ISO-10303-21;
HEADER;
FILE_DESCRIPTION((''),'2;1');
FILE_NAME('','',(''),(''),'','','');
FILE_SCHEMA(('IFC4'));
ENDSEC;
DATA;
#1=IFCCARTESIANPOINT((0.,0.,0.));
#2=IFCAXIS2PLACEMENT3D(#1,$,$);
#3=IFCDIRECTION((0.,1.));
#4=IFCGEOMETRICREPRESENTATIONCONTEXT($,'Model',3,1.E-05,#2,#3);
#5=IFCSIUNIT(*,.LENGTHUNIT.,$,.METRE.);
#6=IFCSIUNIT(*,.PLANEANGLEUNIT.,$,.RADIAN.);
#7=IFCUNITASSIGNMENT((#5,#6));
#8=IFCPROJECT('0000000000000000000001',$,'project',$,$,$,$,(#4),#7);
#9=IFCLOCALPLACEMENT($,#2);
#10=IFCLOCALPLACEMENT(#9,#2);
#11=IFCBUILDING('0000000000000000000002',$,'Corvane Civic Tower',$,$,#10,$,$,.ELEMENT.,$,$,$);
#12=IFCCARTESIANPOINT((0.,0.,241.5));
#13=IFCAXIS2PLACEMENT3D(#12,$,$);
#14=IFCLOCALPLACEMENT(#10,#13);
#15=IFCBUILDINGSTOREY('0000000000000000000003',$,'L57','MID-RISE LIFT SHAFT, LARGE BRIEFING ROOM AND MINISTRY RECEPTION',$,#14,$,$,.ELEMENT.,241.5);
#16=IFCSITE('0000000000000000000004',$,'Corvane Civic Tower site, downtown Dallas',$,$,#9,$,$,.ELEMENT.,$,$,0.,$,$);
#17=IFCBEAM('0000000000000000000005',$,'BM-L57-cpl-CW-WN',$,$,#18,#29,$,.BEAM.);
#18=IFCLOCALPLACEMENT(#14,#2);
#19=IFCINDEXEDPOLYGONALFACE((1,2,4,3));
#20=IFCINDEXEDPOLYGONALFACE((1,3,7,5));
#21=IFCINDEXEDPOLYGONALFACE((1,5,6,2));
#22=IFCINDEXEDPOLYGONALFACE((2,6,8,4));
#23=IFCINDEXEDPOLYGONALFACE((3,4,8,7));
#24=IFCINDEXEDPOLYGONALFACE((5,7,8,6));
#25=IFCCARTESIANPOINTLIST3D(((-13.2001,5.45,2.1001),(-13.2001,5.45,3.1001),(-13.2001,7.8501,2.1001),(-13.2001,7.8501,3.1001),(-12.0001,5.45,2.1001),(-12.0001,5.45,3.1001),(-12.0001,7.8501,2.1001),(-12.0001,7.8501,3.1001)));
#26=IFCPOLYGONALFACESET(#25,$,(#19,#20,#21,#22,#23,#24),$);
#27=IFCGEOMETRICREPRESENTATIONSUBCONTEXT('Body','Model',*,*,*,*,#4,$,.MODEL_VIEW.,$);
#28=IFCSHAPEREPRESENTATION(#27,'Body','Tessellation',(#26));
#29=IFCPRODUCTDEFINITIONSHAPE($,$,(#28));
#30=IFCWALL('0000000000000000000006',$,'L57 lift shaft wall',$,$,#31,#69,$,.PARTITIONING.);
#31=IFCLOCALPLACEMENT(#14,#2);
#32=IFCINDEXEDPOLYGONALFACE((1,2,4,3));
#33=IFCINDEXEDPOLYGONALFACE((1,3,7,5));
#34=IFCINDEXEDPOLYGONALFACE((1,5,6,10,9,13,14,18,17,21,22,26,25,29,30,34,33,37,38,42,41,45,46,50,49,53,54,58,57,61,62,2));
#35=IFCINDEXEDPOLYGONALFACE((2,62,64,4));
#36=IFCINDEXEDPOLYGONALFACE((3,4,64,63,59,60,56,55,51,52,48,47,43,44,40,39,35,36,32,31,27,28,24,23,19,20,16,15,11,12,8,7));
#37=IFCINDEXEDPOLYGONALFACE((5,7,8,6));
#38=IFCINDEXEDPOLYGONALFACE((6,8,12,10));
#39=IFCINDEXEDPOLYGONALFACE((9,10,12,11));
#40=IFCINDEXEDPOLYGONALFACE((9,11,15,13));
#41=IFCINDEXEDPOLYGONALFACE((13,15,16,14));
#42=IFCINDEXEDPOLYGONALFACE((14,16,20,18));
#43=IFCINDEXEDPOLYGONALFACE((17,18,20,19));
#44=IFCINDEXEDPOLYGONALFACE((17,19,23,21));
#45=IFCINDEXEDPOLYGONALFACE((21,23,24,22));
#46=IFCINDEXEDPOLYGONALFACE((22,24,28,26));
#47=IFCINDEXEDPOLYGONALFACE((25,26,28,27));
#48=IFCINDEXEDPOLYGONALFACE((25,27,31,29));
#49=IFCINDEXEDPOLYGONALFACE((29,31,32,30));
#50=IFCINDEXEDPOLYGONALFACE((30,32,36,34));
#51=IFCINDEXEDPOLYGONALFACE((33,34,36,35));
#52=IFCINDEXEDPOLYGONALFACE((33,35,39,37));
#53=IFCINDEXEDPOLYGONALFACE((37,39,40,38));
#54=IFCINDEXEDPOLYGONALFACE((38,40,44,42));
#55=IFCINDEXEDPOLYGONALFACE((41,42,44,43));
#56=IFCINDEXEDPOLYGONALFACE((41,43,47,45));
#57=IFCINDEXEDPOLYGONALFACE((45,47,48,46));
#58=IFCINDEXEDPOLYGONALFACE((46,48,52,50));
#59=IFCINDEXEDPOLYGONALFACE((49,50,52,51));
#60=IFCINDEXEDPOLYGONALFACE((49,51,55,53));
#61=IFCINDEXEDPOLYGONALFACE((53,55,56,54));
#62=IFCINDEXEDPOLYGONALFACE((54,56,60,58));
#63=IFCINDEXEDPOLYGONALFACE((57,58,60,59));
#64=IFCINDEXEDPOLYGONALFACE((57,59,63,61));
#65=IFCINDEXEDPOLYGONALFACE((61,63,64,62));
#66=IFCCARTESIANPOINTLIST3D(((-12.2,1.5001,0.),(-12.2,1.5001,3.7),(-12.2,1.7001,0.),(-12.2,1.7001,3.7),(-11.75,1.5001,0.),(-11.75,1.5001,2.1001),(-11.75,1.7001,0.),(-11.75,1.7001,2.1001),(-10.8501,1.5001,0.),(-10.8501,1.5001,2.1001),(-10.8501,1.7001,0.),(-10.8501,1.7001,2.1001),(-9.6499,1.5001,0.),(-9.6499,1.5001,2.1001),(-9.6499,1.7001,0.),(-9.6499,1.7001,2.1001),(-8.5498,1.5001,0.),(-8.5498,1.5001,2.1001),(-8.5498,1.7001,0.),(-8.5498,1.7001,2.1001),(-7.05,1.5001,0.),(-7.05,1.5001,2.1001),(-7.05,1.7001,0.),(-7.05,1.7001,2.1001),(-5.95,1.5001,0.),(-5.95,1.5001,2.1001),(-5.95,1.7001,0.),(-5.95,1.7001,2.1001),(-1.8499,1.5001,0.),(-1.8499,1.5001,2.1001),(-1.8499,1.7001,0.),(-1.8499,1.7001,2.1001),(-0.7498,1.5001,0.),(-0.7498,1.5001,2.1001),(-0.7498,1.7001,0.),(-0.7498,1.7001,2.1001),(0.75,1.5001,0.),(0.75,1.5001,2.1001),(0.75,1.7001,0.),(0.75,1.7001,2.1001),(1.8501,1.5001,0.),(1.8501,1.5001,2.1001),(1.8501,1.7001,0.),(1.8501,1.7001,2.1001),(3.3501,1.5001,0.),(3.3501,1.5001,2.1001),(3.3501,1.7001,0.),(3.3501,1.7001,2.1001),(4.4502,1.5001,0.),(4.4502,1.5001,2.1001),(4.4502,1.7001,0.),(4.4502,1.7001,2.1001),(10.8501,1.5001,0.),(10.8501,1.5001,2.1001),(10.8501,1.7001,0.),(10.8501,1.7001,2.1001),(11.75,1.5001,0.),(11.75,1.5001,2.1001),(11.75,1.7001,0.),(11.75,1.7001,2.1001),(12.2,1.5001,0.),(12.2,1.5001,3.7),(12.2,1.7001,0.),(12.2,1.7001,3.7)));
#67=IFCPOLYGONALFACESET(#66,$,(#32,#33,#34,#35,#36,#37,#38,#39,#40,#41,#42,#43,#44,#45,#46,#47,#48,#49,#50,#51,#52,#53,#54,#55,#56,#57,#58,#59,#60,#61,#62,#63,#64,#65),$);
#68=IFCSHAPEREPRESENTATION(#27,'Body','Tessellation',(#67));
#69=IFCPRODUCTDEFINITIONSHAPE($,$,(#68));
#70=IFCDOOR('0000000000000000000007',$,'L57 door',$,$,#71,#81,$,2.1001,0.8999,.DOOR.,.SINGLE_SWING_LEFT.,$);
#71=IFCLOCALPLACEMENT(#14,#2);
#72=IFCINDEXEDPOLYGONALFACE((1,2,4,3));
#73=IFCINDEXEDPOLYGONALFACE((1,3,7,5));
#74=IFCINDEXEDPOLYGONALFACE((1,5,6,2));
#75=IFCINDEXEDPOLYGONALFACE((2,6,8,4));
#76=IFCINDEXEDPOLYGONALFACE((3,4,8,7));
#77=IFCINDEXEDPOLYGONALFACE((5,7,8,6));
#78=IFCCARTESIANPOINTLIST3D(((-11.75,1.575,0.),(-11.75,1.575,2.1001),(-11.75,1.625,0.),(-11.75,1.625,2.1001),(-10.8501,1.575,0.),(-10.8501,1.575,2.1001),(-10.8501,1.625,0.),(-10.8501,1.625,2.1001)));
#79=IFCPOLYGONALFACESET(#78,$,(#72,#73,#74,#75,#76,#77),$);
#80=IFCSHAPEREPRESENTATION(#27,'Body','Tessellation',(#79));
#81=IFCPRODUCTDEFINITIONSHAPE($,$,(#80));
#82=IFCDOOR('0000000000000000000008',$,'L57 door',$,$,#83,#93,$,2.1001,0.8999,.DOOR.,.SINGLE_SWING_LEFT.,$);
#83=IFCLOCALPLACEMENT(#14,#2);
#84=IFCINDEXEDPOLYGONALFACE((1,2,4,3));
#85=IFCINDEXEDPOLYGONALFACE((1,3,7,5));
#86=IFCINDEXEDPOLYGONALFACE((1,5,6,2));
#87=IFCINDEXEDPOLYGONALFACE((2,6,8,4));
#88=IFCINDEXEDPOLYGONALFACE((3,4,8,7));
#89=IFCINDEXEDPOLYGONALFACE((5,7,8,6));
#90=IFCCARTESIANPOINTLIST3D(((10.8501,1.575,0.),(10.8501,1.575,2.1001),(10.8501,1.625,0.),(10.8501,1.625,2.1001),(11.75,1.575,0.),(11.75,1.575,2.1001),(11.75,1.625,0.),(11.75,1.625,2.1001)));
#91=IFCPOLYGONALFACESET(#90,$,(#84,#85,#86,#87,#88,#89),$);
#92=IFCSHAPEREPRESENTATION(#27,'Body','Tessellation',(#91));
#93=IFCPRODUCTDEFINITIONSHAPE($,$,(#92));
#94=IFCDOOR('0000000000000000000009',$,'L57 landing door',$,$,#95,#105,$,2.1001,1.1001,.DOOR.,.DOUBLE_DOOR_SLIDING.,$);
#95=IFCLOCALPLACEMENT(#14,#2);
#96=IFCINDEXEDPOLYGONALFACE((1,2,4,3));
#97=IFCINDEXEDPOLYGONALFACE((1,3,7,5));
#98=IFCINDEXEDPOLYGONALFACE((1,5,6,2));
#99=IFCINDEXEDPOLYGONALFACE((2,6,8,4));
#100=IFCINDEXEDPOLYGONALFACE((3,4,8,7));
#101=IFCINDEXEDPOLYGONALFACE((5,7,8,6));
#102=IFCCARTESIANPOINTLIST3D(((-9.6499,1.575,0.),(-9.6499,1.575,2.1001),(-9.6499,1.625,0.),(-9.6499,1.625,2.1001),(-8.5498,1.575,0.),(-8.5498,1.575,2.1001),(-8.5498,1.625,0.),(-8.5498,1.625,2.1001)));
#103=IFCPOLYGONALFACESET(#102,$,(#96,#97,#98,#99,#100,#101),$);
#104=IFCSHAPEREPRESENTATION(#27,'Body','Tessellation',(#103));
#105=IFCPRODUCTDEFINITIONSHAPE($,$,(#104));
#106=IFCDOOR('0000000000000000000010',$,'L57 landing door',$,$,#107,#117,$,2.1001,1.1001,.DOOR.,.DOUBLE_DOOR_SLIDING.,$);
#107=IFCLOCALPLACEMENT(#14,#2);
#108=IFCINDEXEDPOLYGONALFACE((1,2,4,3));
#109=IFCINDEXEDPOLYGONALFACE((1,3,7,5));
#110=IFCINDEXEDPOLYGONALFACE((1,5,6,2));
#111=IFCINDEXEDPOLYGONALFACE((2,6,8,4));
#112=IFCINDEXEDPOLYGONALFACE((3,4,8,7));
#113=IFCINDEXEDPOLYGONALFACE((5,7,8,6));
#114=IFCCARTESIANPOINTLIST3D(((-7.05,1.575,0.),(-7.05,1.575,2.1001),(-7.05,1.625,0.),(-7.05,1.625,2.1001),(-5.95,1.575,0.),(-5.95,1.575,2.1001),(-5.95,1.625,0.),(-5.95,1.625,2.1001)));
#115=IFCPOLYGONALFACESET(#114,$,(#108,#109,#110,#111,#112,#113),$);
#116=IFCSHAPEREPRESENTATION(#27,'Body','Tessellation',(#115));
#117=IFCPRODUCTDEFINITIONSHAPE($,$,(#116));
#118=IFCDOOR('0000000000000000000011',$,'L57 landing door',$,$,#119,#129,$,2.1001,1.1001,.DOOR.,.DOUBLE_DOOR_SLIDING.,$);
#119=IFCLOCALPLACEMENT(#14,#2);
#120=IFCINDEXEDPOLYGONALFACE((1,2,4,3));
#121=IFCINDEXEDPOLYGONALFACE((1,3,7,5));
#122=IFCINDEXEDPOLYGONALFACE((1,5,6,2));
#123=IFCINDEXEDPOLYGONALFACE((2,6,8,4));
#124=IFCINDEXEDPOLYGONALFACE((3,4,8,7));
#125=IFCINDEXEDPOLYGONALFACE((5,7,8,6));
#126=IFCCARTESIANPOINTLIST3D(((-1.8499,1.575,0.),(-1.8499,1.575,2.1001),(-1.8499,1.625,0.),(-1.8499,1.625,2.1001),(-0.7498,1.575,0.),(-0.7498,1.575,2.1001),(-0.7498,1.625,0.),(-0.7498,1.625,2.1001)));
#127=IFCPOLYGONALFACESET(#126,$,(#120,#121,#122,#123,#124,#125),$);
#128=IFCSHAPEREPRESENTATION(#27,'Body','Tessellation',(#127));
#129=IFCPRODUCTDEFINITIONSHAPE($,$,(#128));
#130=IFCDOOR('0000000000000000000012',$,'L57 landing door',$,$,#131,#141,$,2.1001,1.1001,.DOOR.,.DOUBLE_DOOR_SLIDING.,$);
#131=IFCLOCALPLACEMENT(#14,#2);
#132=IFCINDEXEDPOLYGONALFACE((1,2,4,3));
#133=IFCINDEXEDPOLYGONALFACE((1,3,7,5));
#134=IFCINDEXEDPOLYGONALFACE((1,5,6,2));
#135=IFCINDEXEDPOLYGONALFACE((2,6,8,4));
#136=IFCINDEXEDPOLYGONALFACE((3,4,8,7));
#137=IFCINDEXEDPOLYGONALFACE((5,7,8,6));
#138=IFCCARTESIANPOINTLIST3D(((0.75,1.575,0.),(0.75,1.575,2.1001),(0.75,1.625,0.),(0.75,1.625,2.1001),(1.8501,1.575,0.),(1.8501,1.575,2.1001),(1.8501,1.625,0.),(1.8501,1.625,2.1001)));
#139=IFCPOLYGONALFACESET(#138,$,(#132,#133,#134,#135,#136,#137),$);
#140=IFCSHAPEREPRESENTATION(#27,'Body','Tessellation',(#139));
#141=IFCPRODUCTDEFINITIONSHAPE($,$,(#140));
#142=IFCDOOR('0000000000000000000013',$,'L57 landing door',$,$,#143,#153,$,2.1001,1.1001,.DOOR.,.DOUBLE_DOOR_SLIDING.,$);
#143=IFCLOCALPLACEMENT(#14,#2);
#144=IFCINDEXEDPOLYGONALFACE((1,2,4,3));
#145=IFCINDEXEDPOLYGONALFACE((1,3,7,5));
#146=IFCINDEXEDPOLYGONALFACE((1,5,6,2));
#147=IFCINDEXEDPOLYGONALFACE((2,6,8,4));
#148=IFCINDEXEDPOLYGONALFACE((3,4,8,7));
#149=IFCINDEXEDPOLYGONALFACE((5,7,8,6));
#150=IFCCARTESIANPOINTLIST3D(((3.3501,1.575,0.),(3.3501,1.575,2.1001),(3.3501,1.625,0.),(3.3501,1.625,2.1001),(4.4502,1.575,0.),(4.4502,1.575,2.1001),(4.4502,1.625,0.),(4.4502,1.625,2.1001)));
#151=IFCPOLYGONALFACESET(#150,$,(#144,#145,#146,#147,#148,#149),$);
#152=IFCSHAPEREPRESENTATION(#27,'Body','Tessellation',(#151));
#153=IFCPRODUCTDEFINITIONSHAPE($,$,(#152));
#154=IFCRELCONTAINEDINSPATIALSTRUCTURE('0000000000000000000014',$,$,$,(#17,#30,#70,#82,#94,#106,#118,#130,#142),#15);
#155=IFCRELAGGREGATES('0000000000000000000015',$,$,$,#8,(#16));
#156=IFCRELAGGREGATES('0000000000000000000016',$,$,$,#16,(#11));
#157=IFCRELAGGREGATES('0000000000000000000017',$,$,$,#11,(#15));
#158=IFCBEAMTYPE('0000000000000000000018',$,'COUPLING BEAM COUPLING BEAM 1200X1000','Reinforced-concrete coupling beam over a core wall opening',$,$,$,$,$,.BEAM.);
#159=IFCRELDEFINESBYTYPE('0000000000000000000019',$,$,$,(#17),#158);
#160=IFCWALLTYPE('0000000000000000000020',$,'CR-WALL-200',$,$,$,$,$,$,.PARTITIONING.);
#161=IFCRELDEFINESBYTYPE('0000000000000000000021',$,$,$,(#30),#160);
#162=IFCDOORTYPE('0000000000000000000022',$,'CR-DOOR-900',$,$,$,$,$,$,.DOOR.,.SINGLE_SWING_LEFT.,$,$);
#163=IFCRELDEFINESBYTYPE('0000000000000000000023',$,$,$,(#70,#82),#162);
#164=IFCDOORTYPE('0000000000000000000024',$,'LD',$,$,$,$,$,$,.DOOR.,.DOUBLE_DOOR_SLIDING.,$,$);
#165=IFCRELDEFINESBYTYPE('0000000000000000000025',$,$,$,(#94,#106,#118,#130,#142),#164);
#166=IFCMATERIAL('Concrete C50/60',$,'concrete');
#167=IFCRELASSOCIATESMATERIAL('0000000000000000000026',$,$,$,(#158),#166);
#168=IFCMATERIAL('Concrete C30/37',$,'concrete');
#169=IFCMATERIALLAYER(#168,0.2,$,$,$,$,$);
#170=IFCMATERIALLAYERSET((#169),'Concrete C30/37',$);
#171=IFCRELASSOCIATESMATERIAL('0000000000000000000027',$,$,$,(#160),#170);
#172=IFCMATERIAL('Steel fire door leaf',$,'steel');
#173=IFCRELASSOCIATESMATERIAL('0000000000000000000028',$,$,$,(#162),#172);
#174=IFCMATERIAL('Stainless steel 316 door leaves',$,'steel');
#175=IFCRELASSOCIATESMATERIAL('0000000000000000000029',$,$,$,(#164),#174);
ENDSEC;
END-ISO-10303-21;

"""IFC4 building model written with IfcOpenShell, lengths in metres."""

from ifc_helpers import new_model, si_unit, direction, frame, frame_2d, origin, origin_2d, place, context, subcontext, project, spatial, rectangle, extrude, material, layer, layer_set, material_profile, profile_set, type_object, element, fill, save


model = new_model("IFC4")

# Units and contexts
model_context = context("Model", 3, precision=1e-05, world=origin(), true_north=direction((0.0, 1.0)))
body_context = subcontext(model_context, "Body", "Model", "MODEL_VIEW")
ifc_project = project(units=[si_unit("LENGTHUNIT", "METRE"), si_unit("PLANEANGLEUNIT", "RADIAN")], contexts=[model_context])

# Site, building, storey
site_placement = place(None, origin())
site = spatial("IfcSite", under=ifc_project, at=site_placement, Name="Corvane Civic Tower site, downtown Dallas", CompositionType="ELEMENT", RefElevation=0.0)
building_placement = place(site_placement, origin())
building = spatial("IfcBuilding", under=site, at=building_placement, Name="Corvane Civic Tower", CompositionType="ELEMENT")
storey_placement = place(building_placement, frame((0.0, 0.0, 241.5)))
storey = spatial("IfcBuildingStorey", under=building, at=storey_placement, Name="L57", Description="MID-RISE LIFT SHAFT, LARGE BRIEFING ROOM AND MINISTRY RECEPTION", CompositionType="ELEMENT", Elevation=241.5)

# Beam
ifc_material_1 = material(Name="Concrete C50/60", Category="concrete")
ifc_material_profile = material_profile(ifc_material_1, rectangle(XDim=1.2, YDim=1.0, at=origin_2d()), Name="COUPLING BEAM 1200X1000")
ifc_profile_set = profile_set([ifc_material_profile], Name="Concrete C50/60")
beam_type = type_object("IfcBeamType", Name="COUPLING BEAM COUPLING BEAM 1200X1000", Description="Reinforced-concrete coupling beam over a core wall opening", PredefinedType="BEAM", material=ifc_profile_set)
beam_placement = place(storey_placement, frame((-12.6001, 5.45, 2.6001), z_axis=(0.0, 1.0, 0.0), x_axis=(-1.0, 0.0, 0.0)))
element("IfcBeam", 1, at=beam_placement, inside=storey, type_object=beam_type, Name="BM-L57-cpl-CW-WN", PredefinedType="BEAM", context=body_context, shape_type="SweptSolid", body=[
    extrude(rectangle(XDim=1.2, YDim=1.0, at=origin_2d()), origin(), (0.0, 0.0, 1.0), 2.4001),
])

# Wall, openings, doors
ifc_material_2 = material(Name="Concrete C30/37", Category="concrete")
ifc_layer_1 = layer(ifc_material_2, 0.2)
ifc_layer_set_1 = layer_set([ifc_layer_1], Name="Concrete C30/37")
wall_type_1 = type_object("IfcWallType", Name="CR-WALL-200", PredefinedType="PARTITIONING", material=ifc_layer_set_1)
wall_1_placement = place(storey_placement, frame((-12.2, 1.6001, 0.0), z_axis=(0.0, 0.0, 1.0), x_axis=(1.0, 0.0, 0.0)))
wall_1 = element("IfcWall", 2, at=wall_1_placement, inside=storey, type_object=wall_type_1, Name="L57 lift shaft wall", PredefinedType="PARTITIONING", context=body_context, shape_type="SweptSolid", body=[
    extrude(rectangle(XDim=24.3999, YDim=0.2, at=frame_2d((12.2, 0.0))), origin(), (0.0, 0.0, 1.0), 3.7),
])
opening_1_placement = place(wall_1_placement, frame((2.55, 0.0, 0.0)))
opening_1 = element("IfcOpeningElement", 3, at=opening_1_placement, cuts=wall_1, PredefinedType="OPENING", context=body_context, shape_type="SweptSolid", body=[
    extrude(rectangle(XDim=1.1001, YDim=2.1001, at=frame_2d((0.55, 1.05))), frame((0.0, 0.1099, 0.0), z_axis=(0.0, -1.0, 0.0), x_axis=(1.0, 0.0, 0.0)), (0.0, 0.0, 1.0), 0.22),
])
opening_2_placement = place(wall_1_placement, frame((5.1499, 0.0, 0.0)))
opening_2 = element("IfcOpeningElement", 4, at=opening_2_placement, cuts=wall_1, PredefinedType="OPENING", context=body_context, shape_type="SweptSolid", body=[
    extrude(rectangle(XDim=1.1001, YDim=2.1001, at=frame_2d((0.55, 1.05))), frame((0.0, 0.1099, 0.0), z_axis=(0.0, -1.0, 0.0), x_axis=(1.0, 0.0, 0.0)), (0.0, 0.0, 1.0), 0.22),
])
opening_3_placement = place(wall_1_placement, frame((10.3501, 0.0, 0.0)))
opening_3 = element("IfcOpeningElement", 5, at=opening_3_placement, cuts=wall_1, PredefinedType="OPENING", context=body_context, shape_type="SweptSolid", body=[
    extrude(rectangle(XDim=1.1001, YDim=2.1001, at=frame_2d((0.55, 1.05))), frame((0.0, 0.1099, 0.0), z_axis=(0.0, -1.0, 0.0), x_axis=(1.0, 0.0, 0.0)), (0.0, 0.0, 1.0), 0.22),
])
opening_4_placement = place(wall_1_placement, frame((12.95, 0.0, 0.0)))
opening_4 = element("IfcOpeningElement", 6, at=opening_4_placement, cuts=wall_1, PredefinedType="OPENING", context=body_context, shape_type="SweptSolid", body=[
    extrude(rectangle(XDim=1.1001, YDim=2.1001, at=frame_2d((0.55, 1.05))), frame((0.0, 0.1099, 0.0), z_axis=(0.0, -1.0, 0.0), x_axis=(1.0, 0.0, 0.0)), (0.0, 0.0, 1.0), 0.22),
])
opening_5_placement = place(wall_1_placement, frame((15.55, 0.0, 0.0)))
opening_5 = element("IfcOpeningElement", 7, at=opening_5_placement, cuts=wall_1, PredefinedType="OPENING", context=body_context, shape_type="SweptSolid", body=[
    extrude(rectangle(XDim=1.1001, YDim=2.1001, at=frame_2d((0.55, 1.05))), frame((0.0, 0.1099, 0.0), z_axis=(0.0, -1.0, 0.0), x_axis=(1.0, 0.0, 0.0)), (0.0, 0.0, 1.0), 0.22),
])
opening_6_placement = place(wall_1_placement, frame((0.45, 0.0, 0.0)))
opening_6 = element("IfcOpeningElement", 8, at=opening_6_placement, cuts=wall_1, PredefinedType="OPENING", context=body_context, shape_type="SweptSolid", body=[
    extrude(rectangle(XDim=0.8999, YDim=2.1001, at=frame_2d((0.45, 1.05))), frame((0.0, 0.1099, 0.0), z_axis=(0.0, -1.0, 0.0), x_axis=(1.0, 0.0, 0.0)), (0.0, 0.0, 1.0), 0.22),
])
opening_7_placement = place(wall_1_placement, frame((23.05, 0.0, 0.0)))
opening_7 = element("IfcOpeningElement", 9, at=opening_7_placement, cuts=wall_1, PredefinedType="OPENING", context=body_context, shape_type="SweptSolid", body=[
    extrude(rectangle(XDim=0.8999, YDim=2.1001, at=frame_2d((0.45, 1.05))), frame((0.0, 0.1099, 0.0), z_axis=(0.0, -1.0, 0.0), x_axis=(1.0, 0.0, 0.0)), (0.0, 0.0, 1.0), 0.22),
])
ifc_material_3 = material(Name="Steel fire door leaf", Category="steel")
door_type_1 = type_object("IfcDoorType", Name="CR-DOOR-900", OperationType="SINGLE_SWING_LEFT", PredefinedType="DOOR", material=ifc_material_3)
door_1_placement = place(opening_6_placement, origin())
door_1 = element("IfcDoor", 10, at=door_1_placement, inside=storey, type_object=door_type_1, Name="L57 door", OperationType="SINGLE_SWING_LEFT", OverallHeight=2.1001, OverallWidth=0.8999, PredefinedType="DOOR", context=body_context, shape_type="SweptSolid", body=[
    extrude(rectangle(XDim=0.8999, YDim=2.1001, at=frame_2d((0.45, 1.05))), frame((0.0, 0.0249, 0.0), z_axis=(0.0, -1.0, 0.0), x_axis=(1.0, 0.0, 0.0)), (0.0, 0.0, 1.0), 0.05),
])
fill(opening_6, door_1)
door_2_placement = place(opening_7_placement, origin())
door_2 = element("IfcDoor", 11, at=door_2_placement, inside=storey, type_object=door_type_1, Name="L57 door", OperationType="SINGLE_SWING_LEFT", OverallHeight=2.1001, OverallWidth=0.8999, PredefinedType="DOOR", context=body_context, shape_type="SweptSolid", body=[
    extrude(rectangle(XDim=0.8999, YDim=2.1001, at=frame_2d((0.45, 1.05))), frame((0.0, 0.0249, 0.0), z_axis=(0.0, -1.0, 0.0), x_axis=(1.0, 0.0, 0.0)), (0.0, 0.0, 1.0), 0.05),
])
fill(opening_7, door_2)
ifc_material_4 = material(Name="Stainless steel 316 door leaves", Category="steel")
door_type_2 = type_object("IfcDoorType", Name="LD", OperationType="DOUBLE_DOOR_SLIDING", PredefinedType="DOOR", material=ifc_material_4)
door_3_placement = place(opening_1_placement, origin())
door_3 = element("IfcDoor", 12, at=door_3_placement, inside=storey, type_object=door_type_2, Name="L57 landing door", OperationType="DOUBLE_DOOR_SLIDING", OverallHeight=2.1001, OverallWidth=1.1001, PredefinedType="DOOR", context=body_context, shape_type="SweptSolid", body=[
    extrude(rectangle(XDim=1.1001, YDim=2.1001, at=frame_2d((0.55, 1.05))), frame((0.0, 0.0249, 0.0), z_axis=(0.0, -1.0, 0.0), x_axis=(1.0, 0.0, 0.0)), (0.0, 0.0, 1.0), 0.05),
])
fill(opening_1, door_3)
door_4_placement = place(opening_2_placement, origin())
door_4 = element("IfcDoor", 13, at=door_4_placement, inside=storey, type_object=door_type_2, Name="L57 landing door", OperationType="DOUBLE_DOOR_SLIDING", OverallHeight=2.1001, OverallWidth=1.1001, PredefinedType="DOOR", context=body_context, shape_type="SweptSolid", body=[
    extrude(rectangle(XDim=1.1001, YDim=2.1001, at=frame_2d((0.55, 1.05))), frame((0.0, 0.0249, 0.0), z_axis=(0.0, -1.0, 0.0), x_axis=(1.0, 0.0, 0.0)), (0.0, 0.0, 1.0), 0.05),
])
fill(opening_2, door_4)
door_5_placement = place(opening_3_placement, origin())
door_5 = element("IfcDoor", 14, at=door_5_placement, inside=storey, type_object=door_type_2, Name="L57 landing door", OperationType="DOUBLE_DOOR_SLIDING", OverallHeight=2.1001, OverallWidth=1.1001, PredefinedType="DOOR", context=body_context, shape_type="SweptSolid", body=[
    extrude(rectangle(XDim=1.1001, YDim=2.1001, at=frame_2d((0.55, 1.05))), frame((0.0, 0.0249, 0.0), z_axis=(0.0, -1.0, 0.0), x_axis=(1.0, 0.0, 0.0)), (0.0, 0.0, 1.0), 0.05),
])
fill(opening_3, door_5)
door_6_placement = place(opening_4_placement, origin())
door_6 = element("IfcDoor", 15, at=door_6_placement, inside=storey, type_object=door_type_2, Name="L57 landing door", OperationType="DOUBLE_DOOR_SLIDING", OverallHeight=2.1001, OverallWidth=1.1001, PredefinedType="DOOR", context=body_context, shape_type="SweptSolid", body=[
    extrude(rectangle(XDim=1.1001, YDim=2.1001, at=frame_2d((0.55, 1.05))), frame((0.0, 0.0249, 0.0), z_axis=(0.0, -1.0, 0.0), x_axis=(1.0, 0.0, 0.0)), (0.0, 0.0, 1.0), 0.05),
])
fill(opening_4, door_6)
door_7_placement = place(opening_5_placement, origin())
door_7 = element("IfcDoor", 16, at=door_7_placement, inside=storey, type_object=door_type_2, Name="L57 landing door", OperationType="DOUBLE_DOOR_SLIDING", OverallHeight=2.1001, OverallWidth=1.1001, PredefinedType="DOOR", context=body_context, shape_type="SweptSolid", body=[
    extrude(rectangle(XDim=1.1001, YDim=2.1001, at=frame_2d((0.55, 1.05))), frame((0.0, 0.0249, 0.0), z_axis=(0.0, -1.0, 0.0), x_axis=(1.0, 0.0, 0.0)), (0.0, 0.0, 1.0), 0.05),
])
fill(opening_5, door_7)

save(model, "model.ifc")
